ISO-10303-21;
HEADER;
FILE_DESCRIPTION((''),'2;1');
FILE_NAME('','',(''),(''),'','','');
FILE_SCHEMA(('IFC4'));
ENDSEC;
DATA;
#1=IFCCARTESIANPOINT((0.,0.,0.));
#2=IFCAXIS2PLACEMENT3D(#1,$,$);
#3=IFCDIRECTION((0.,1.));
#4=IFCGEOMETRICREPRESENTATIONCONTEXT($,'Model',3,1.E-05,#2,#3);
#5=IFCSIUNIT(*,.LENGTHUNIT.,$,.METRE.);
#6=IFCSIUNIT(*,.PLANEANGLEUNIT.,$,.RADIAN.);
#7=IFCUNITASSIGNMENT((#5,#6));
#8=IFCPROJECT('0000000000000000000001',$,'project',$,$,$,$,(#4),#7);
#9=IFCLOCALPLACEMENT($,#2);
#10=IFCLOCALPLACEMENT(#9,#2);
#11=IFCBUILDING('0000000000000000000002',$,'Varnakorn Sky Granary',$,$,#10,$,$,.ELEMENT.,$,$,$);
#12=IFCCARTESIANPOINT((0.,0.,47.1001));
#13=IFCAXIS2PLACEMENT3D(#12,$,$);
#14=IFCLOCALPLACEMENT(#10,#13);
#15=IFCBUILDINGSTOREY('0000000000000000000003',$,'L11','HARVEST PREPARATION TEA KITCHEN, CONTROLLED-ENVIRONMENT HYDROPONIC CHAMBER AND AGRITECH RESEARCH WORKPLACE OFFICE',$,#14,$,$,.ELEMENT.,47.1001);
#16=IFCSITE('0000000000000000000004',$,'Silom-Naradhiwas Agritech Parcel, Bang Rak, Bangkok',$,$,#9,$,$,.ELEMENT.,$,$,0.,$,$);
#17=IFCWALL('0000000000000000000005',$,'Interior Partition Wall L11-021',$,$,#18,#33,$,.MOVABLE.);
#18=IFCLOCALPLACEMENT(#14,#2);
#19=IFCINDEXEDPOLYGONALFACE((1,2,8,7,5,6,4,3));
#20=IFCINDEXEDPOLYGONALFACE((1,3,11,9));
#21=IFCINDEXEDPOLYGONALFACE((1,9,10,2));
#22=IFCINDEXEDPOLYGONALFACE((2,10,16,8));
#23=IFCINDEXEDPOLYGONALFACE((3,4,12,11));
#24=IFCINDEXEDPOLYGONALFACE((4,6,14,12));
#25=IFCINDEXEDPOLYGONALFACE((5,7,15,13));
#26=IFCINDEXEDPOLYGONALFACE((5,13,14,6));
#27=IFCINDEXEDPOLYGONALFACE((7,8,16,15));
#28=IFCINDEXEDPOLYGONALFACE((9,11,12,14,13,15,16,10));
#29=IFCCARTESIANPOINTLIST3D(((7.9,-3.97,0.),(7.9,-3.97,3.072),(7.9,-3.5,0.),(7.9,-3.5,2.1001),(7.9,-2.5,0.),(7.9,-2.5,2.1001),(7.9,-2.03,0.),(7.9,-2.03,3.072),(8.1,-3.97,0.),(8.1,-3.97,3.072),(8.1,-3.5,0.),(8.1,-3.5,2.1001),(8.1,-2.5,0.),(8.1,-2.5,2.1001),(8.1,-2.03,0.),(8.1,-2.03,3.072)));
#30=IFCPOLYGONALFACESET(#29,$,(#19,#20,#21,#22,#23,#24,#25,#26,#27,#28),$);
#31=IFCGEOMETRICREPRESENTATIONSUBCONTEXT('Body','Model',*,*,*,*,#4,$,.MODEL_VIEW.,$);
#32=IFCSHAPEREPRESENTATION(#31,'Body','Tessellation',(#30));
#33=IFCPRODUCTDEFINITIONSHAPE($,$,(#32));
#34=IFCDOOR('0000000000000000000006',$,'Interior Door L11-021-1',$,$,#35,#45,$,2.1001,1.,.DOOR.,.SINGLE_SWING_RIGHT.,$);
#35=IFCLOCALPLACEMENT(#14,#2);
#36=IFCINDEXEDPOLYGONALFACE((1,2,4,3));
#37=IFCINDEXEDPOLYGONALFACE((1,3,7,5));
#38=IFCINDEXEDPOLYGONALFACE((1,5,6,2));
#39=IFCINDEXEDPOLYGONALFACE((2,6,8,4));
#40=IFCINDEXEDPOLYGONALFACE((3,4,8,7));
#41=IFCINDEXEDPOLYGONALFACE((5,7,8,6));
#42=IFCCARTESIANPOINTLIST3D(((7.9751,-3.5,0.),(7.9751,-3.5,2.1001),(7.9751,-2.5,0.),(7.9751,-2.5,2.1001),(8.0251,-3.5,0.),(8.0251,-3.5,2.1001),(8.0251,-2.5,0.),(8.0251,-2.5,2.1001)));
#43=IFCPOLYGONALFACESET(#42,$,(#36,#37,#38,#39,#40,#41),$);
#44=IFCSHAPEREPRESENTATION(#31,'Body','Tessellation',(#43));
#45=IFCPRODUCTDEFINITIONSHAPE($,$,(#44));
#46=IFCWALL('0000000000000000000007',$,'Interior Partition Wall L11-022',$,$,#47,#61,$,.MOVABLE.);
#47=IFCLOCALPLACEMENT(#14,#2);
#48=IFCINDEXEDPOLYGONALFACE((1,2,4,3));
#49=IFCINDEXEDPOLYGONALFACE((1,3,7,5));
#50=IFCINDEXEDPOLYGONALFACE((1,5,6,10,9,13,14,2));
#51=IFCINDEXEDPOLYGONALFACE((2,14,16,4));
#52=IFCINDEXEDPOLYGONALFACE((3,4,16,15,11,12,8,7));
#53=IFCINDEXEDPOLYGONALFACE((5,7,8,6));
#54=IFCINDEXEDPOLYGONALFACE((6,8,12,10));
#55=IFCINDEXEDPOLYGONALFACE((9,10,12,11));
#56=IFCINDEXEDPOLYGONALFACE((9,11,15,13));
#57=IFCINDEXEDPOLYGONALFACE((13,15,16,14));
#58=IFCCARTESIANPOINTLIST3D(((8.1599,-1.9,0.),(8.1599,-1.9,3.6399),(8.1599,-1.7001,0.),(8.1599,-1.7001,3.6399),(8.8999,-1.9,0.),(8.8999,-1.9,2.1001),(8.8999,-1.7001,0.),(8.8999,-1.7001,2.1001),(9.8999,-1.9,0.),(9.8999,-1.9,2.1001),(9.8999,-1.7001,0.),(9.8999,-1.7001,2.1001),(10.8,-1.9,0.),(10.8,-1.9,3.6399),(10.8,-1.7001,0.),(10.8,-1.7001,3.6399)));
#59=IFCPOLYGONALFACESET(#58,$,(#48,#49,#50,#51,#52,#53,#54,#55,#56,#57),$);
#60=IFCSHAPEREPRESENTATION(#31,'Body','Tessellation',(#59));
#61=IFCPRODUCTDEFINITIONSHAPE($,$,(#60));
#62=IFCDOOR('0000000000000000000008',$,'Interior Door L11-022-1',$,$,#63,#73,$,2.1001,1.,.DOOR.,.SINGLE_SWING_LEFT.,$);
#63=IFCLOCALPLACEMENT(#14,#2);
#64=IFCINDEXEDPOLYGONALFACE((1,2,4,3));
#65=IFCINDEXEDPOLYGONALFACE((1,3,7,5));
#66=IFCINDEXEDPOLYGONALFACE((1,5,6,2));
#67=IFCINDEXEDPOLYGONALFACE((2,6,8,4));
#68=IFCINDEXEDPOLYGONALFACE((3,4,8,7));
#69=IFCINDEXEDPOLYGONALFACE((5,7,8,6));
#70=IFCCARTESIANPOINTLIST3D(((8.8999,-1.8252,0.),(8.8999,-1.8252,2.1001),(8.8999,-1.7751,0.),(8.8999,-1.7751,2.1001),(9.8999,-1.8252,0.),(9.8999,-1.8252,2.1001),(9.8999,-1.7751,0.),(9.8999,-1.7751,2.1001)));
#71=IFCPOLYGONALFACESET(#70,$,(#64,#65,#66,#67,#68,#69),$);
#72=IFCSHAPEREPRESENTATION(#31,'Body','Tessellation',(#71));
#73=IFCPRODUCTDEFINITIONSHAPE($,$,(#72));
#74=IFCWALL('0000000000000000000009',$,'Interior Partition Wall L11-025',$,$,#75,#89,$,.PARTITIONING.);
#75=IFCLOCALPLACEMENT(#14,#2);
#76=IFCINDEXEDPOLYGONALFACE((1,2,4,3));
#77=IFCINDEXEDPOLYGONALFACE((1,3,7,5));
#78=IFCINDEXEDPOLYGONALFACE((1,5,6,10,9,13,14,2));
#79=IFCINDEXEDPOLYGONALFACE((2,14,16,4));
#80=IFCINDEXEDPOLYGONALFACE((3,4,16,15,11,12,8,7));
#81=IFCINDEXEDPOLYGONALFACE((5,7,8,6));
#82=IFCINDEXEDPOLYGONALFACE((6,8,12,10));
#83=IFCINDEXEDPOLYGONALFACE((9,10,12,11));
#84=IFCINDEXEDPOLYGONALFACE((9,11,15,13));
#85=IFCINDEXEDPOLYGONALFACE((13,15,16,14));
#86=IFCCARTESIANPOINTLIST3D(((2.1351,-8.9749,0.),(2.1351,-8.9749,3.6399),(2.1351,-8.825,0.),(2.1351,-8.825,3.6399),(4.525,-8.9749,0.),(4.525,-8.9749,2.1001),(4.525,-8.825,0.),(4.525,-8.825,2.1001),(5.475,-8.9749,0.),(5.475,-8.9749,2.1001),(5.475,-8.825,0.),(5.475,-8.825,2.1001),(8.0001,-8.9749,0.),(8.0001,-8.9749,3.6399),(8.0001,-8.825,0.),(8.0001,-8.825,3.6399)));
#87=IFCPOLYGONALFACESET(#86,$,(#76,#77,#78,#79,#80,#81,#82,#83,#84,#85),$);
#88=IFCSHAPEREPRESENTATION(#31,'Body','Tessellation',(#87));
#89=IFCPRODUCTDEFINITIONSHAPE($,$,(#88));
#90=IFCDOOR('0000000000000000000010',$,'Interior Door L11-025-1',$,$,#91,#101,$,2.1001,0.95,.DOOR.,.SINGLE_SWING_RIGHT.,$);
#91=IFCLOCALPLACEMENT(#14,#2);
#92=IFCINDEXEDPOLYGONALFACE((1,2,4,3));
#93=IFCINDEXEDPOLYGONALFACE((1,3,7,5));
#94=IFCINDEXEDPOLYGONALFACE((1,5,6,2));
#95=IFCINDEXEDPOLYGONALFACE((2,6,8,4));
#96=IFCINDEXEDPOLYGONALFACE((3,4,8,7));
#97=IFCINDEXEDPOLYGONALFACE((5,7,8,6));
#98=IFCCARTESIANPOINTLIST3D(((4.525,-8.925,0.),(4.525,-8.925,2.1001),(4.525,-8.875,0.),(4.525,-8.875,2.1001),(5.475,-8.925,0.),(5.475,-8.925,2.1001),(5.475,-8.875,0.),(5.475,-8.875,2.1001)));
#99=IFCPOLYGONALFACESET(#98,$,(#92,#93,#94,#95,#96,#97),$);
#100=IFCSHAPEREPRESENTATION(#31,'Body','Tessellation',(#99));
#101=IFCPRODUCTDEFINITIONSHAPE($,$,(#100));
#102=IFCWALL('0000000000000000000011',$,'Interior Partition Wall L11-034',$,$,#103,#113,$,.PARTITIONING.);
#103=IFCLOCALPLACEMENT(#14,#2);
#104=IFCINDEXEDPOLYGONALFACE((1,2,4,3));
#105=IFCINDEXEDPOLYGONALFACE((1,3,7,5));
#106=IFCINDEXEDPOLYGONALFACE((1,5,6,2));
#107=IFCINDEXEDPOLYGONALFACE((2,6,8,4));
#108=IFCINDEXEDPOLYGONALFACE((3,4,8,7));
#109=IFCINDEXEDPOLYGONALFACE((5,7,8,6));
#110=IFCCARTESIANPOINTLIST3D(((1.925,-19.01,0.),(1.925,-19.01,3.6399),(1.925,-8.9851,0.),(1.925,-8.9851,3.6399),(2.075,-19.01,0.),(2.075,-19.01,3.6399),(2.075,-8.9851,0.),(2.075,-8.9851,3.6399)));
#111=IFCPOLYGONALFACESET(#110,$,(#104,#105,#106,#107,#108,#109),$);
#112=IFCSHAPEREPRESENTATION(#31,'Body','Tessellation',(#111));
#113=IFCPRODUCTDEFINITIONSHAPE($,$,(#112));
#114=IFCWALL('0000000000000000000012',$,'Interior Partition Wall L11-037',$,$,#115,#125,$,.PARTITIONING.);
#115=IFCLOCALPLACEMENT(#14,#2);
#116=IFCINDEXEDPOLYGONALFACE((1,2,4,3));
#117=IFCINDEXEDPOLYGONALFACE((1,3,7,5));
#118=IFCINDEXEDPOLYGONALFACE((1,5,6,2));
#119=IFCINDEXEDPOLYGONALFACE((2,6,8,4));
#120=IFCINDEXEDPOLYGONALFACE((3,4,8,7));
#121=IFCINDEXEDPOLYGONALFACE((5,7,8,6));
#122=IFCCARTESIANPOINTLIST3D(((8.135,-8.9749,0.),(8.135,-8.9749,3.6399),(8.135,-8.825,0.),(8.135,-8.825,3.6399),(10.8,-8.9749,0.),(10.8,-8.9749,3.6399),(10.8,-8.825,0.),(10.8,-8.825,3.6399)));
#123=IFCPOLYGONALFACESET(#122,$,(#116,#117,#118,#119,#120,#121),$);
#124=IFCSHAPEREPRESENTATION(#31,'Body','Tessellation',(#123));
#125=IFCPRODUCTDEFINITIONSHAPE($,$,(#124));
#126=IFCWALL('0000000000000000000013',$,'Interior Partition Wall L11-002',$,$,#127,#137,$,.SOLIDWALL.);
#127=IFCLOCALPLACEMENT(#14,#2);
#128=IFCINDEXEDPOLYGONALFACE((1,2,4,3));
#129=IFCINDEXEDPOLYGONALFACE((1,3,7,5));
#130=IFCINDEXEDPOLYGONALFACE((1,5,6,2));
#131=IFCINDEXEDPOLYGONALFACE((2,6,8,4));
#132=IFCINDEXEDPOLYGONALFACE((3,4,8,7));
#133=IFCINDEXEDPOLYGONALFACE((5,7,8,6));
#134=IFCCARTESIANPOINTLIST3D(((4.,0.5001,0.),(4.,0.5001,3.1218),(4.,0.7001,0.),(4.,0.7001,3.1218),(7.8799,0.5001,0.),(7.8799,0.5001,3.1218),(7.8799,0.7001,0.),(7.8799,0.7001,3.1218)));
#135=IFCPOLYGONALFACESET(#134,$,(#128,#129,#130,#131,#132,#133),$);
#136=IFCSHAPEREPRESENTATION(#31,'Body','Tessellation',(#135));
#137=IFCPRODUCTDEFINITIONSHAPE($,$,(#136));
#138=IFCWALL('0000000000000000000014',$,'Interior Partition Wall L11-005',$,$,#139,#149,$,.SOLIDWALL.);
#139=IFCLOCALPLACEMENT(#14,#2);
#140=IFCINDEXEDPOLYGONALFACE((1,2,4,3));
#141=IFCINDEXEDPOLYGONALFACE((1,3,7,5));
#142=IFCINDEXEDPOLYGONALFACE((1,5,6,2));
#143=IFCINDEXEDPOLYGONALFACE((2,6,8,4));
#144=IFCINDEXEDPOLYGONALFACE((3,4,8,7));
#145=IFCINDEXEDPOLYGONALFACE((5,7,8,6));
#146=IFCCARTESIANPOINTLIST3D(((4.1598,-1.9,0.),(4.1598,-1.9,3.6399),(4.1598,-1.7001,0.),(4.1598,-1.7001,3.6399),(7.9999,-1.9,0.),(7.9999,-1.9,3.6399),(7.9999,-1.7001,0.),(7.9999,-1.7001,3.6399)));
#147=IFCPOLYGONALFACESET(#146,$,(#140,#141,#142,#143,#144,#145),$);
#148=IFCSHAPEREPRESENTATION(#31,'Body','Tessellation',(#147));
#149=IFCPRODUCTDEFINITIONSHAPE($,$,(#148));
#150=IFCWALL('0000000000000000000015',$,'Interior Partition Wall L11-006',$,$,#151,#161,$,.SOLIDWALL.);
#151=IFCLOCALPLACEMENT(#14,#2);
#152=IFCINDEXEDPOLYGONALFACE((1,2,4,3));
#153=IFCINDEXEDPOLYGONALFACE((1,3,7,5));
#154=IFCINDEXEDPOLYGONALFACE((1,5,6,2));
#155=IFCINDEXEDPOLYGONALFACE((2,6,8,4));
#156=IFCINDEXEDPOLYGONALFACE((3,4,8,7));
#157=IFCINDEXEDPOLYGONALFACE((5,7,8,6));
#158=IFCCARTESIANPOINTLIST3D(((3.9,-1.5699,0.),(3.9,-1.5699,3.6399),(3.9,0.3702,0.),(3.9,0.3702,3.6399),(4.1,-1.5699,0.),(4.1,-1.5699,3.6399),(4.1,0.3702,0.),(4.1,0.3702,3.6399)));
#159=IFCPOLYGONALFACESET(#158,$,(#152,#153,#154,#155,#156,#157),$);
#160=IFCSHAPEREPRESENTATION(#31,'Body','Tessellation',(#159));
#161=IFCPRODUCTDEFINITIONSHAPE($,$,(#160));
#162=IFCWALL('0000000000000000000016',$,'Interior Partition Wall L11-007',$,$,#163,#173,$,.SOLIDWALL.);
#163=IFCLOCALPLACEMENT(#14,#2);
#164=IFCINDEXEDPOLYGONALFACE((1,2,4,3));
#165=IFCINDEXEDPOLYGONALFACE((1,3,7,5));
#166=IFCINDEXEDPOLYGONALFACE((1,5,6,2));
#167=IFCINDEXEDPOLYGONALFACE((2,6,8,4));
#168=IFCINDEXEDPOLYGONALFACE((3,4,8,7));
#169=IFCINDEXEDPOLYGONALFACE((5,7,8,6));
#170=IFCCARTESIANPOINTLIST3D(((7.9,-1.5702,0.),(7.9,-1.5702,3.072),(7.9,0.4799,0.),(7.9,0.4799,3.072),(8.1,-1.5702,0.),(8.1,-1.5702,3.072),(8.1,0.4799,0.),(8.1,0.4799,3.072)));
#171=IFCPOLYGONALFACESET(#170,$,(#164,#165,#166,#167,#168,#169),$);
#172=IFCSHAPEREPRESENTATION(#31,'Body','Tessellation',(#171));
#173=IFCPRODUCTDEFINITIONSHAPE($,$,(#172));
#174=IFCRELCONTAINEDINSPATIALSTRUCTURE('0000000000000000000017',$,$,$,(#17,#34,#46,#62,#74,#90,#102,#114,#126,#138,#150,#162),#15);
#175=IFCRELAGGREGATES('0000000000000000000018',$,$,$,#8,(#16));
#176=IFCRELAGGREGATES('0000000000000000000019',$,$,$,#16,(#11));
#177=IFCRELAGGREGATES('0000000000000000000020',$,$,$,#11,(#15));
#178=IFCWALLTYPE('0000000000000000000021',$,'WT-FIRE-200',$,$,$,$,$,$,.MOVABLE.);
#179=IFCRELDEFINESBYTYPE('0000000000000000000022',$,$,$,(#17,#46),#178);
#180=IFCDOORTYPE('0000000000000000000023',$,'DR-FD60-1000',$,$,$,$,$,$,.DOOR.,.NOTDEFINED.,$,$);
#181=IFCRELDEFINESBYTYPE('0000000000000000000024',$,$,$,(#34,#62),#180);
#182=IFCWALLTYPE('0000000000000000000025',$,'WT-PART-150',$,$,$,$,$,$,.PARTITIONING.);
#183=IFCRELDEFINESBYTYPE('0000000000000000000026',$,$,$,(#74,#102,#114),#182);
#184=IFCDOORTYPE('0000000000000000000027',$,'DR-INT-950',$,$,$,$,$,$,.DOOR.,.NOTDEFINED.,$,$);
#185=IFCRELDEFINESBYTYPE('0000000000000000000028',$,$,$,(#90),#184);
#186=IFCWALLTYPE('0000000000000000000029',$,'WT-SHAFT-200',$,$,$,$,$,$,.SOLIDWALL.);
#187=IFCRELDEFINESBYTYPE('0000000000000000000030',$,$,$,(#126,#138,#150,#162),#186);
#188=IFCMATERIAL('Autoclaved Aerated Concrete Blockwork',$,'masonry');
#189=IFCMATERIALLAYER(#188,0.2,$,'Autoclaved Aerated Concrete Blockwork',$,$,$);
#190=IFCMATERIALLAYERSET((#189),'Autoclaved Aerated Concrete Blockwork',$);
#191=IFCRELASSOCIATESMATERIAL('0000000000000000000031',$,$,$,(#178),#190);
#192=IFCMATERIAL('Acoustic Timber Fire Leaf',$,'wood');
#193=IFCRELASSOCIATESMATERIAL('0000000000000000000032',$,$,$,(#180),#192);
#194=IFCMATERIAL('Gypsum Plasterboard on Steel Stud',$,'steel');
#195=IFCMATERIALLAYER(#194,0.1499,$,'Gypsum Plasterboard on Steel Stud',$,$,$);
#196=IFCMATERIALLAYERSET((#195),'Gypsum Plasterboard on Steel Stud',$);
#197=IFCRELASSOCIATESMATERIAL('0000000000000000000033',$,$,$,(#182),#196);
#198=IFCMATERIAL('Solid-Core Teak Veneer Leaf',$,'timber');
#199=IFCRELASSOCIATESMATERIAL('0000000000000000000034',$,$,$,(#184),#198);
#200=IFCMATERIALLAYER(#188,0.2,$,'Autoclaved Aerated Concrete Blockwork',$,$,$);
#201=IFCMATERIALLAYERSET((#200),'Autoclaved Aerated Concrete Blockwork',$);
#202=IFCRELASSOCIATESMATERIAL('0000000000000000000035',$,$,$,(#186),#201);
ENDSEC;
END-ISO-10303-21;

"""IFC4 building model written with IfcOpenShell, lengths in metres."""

from ifc_helpers import new_model, si_unit, direction, frame, frame_2d, origin, place, context, subcontext, project, spatial, rectangle, extrude, material, layer, layer_set, type_object, element, fill, save


model = new_model("IFC4")

# Units and contexts
model_context = context("Model", 3, precision=1e-05, world=origin(), true_north=direction((0.0, 1.0)))
body_context = subcontext(model_context, "Body", "Model", "MODEL_VIEW")
ifc_project = project(units=[si_unit("LENGTHUNIT", "METRE"), si_unit("PLANEANGLEUNIT", "RADIAN")], contexts=[model_context])

# Site, building, storey
site_placement = place(None, origin())
site = spatial("IfcSite", under=ifc_project, at=site_placement, Name="Silom-Naradhiwas Agritech Parcel, Bang Rak, Bangkok", CompositionType="ELEMENT", RefElevation=0.0)
building_placement = place(site_placement, origin())
building = spatial("IfcBuilding", under=site, at=building_placement, Name="Varnakorn Sky Granary", CompositionType="ELEMENT")
storey_placement = place(building_placement, frame((0.0, 0.0, 47.1001)))
storey = spatial("IfcBuildingStorey", under=building, at=storey_placement, Name="L11", Description="HARVEST PREPARATION TEA KITCHEN, CONTROLLED-ENVIRONMENT HYDROPONIC CHAMBER AND AGRITECH RESEARCH WORKPLACE OFFICE", CompositionType="ELEMENT", Elevation=47.1001)

# Walls, openings, doors
ifc_material_1 = material(Name="Autoclaved Aerated Concrete Blockwork", Category="masonry")
ifc_layer_1 = layer(ifc_material_1, 0.2, Name="Autoclaved Aerated Concrete Blockwork")
ifc_layer_set_1 = layer_set([ifc_layer_1], Name="Autoclaved Aerated Concrete Blockwork")
wall_type_1 = type_object("IfcWallType", Name="WT-FIRE-200", PredefinedType="MOVABLE", material=ifc_layer_set_1)
ifc_material_2 = material(Name="Acoustic Timber Fire Leaf", Category="wood")
door_type_1 = type_object("IfcDoorType", Name="DR-FD60-1000", OperationType="NOTDEFINED", PredefinedType="DOOR", material=ifc_material_2)
wall_1_placement = place(storey_placement, frame((8.0, -3.97, 0.0), z_axis=(0.0, 0.0, 1.0), x_axis=(0.0, 1.0, 0.0)))
wall_1 = element("IfcWall", 1, at=wall_1_placement, inside=storey, type_object=wall_type_1, Name="Interior Partition Wall L11-021", PredefinedType="MOVABLE", context=body_context, shape_type="SweptSolid", body=[
    extrude(rectangle(XDim=1.9399, YDim=0.2, at=frame_2d((0.97, 0.0))), origin(), (0.0, 0.0, 1.0), 3.072),
])
opening_1_placement = place(wall_1_placement, frame((0.47, 0.0, 0.0)))
opening_1 = element("IfcOpeningElement", 2, at=opening_1_placement, cuts=wall_1, PredefinedType="OPENING", context=body_context, shape_type="SweptSolid", body=[
    extrude(rectangle(XDim=1.0, YDim=2.1001, at=frame_2d((0.5, 1.05))), frame((0.0, 0.1099, 0.0), z_axis=(0.0, -1.0, 0.0), x_axis=(1.0, 0.0, 0.0)), (0.0, 0.0, 1.0), 0.22),
])
door_1_placement = place(opening_1_placement, origin())
door_1 = element("IfcDoor", 3, at=door_1_placement, inside=storey, type_object=door_type_1, Name="Interior Door L11-021-1", OperationType="SINGLE_SWING_RIGHT", OverallHeight=2.1001, OverallWidth=1.0, PredefinedType="DOOR", context=body_context, shape_type="SweptSolid", body=[
    extrude(rectangle(XDim=1.0, YDim=2.1001, at=frame_2d((0.5, 1.05))), frame((0.0, 0.0249, 0.0), z_axis=(0.0, -1.0, 0.0), x_axis=(1.0, 0.0, 0.0)), (0.0, 0.0, 1.0), 0.05),
])
fill(opening_1, door_1)
wall_2_placement = place(storey_placement, frame((8.1599, -1.8, 0.0), z_axis=(0.0, 0.0, 1.0), x_axis=(1.0, 0.0, 0.0)))
wall_2 = element("IfcWall", 4, at=wall_2_placement, inside=storey, type_object=wall_type_1, Name="Interior Partition Wall L11-022", PredefinedType="MOVABLE", context=body_context, shape_type="SweptSolid", body=[
    extrude(rectangle(XDim=2.6401, YDim=0.2, at=frame_2d((1.3201, 0.0))), origin(), (0.0, 0.0, 1.0), 3.6399),
])
opening_2_placement = place(wall_2_placement, frame((0.74, 0.0, 0.0)))
opening_2 = element("IfcOpeningElement", 5, at=opening_2_placement, cuts=wall_2, PredefinedType="OPENING", context=body_context, shape_type="SweptSolid", body=[
    extrude(rectangle(XDim=1.0, YDim=2.1001, at=frame_2d((0.5, 1.05))), frame((0.0, 0.1099, 0.0), z_axis=(0.0, -1.0, 0.0), x_axis=(1.0, 0.0, 0.0)), (0.0, 0.0, 1.0), 0.22),
])
door_2_placement = place(opening_2_placement, origin())
door_2 = element("IfcDoor", 6, at=door_2_placement, inside=storey, type_object=door_type_1, Name="Interior Door L11-022-1", OperationType="SINGLE_SWING_LEFT", OverallHeight=2.1001, OverallWidth=1.0, PredefinedType="DOOR", context=body_context, shape_type="SweptSolid", body=[
    extrude(rectangle(XDim=1.0, YDim=2.1001, at=frame_2d((0.5, 1.05))), frame((0.0, 0.0249, 0.0), z_axis=(0.0, -1.0, 0.0), x_axis=(1.0, 0.0, 0.0)), (0.0, 0.0, 1.0), 0.05),
])
fill(opening_2, door_2)
ifc_material_3 = material(Name="Gypsum Plasterboard on Steel Stud", Category="steel")
ifc_layer_2 = layer(ifc_material_3, 0.1499, Name="Gypsum Plasterboard on Steel Stud")
ifc_layer_set_2 = layer_set([ifc_layer_2], Name="Gypsum Plasterboard on Steel Stud")
wall_type_2 = type_object("IfcWallType", Name="WT-PART-150", PredefinedType="PARTITIONING", material=ifc_layer_set_2)
wall_3_placement = place(storey_placement, frame((2.135, -8.8999, 0.0), z_axis=(0.0, 0.0, 1.0), x_axis=(1.0, 0.0, 0.0)))
wall_3 = element("IfcWall", 7, at=wall_3_placement, inside=storey, type_object=wall_type_2, Name="Interior Partition Wall L11-025", PredefinedType="PARTITIONING", context=body_context, shape_type="SweptSolid", body=[
    extrude(rectangle(XDim=5.865, YDim=0.1499, at=frame_2d((2.9326, 0.0))), origin(), (0.0, 0.0, 1.0), 3.6399),
])
opening_3_placement = place(wall_3_placement, frame((2.3899, 0.0, 0.0)))
opening_3 = element("IfcOpeningElement", 8, at=opening_3_placement, cuts=wall_3, PredefinedType="OPENING", context=body_context, shape_type="SweptSolid", body=[
    extrude(rectangle(XDim=0.95, YDim=2.1001, at=frame_2d((0.4751, 1.05))), frame((0.0, 0.085, 0.0), z_axis=(0.0, -1.0, 0.0), x_axis=(1.0, 0.0, 0.0)), (0.0, 0.0, 1.0), 0.1699),
])
ifc_material_4 = material(Name="Solid-Core Teak Veneer Leaf", Category="timber")
door_type_2 = type_object("IfcDoorType", Name="DR-INT-950", OperationType="NOTDEFINED", PredefinedType="DOOR", material=ifc_material_4)
door_3_placement = place(opening_3_placement, origin())
door_3 = element("IfcDoor", 9, at=door_3_placement, inside=storey, type_object=door_type_2, Name="Interior Door L11-025-1", OperationType="SINGLE_SWING_RIGHT", OverallHeight=2.1001, OverallWidth=0.95, PredefinedType="DOOR", context=body_context, shape_type="SweptSolid", body=[
    extrude(rectangle(XDim=0.95, YDim=2.1001, at=frame_2d((0.4751, 1.05))), frame((0.0, 0.0249, 0.0), z_axis=(0.0, -1.0, 0.0), x_axis=(1.0, 0.0, 0.0)), (0.0, 0.0, 1.0), 0.05),
])
fill(opening_3, door_3)

# Walls
wall_4_placement = place(storey_placement, frame((2.0, -8.9851, 0.0), z_axis=(0.0, 0.0, 1.0), x_axis=(0.0, -1.0, 0.0)))
element("IfcWall", 10, at=wall_4_placement, inside=storey, type_object=wall_type_2, Name="Interior Partition Wall L11-034", PredefinedType="PARTITIONING", context=body_context, shape_type="SweptSolid", body=[
    extrude(rectangle(XDim=10.0249, YDim=0.1499, at=frame_2d((5.0125, 0.0))), origin(), (0.0, 0.0, 1.0), 3.6399),
])
wall_5_placement = place(storey_placement, frame((8.135, -8.8999, 0.0), z_axis=(0.0, 0.0, 1.0), x_axis=(1.0, 0.0, 0.0)))
element("IfcWall", 11, at=wall_5_placement, inside=storey, type_object=wall_type_2, Name="Interior Partition Wall L11-037", PredefinedType="PARTITIONING", context=body_context, shape_type="SweptSolid", body=[
    extrude(rectangle(XDim=2.665, YDim=0.1499, at=frame_2d((1.3325, 0.0))), origin(), (0.0, 0.0, 1.0), 3.6399),
])
ifc_layer_3 = layer(ifc_material_1, 0.2, Name="Autoclaved Aerated Concrete Blockwork")
ifc_layer_set_3 = layer_set([ifc_layer_3], Name="Autoclaved Aerated Concrete Blockwork")
wall_type_3 = type_object("IfcWallType", Name="WT-SHAFT-200", PredefinedType="SOLIDWALL", material=ifc_layer_set_3)
wall_6_placement = place(storey_placement, frame((4.0, 0.6001, 0.0), z_axis=(0.0, 0.0, 1.0), x_axis=(1.0, 0.0, 0.0)))
element("IfcWall", 12, at=wall_6_placement, inside=storey, type_object=wall_type_3, Name="Interior Partition Wall L11-002", PredefinedType="SOLIDWALL", context=body_context, shape_type="SweptSolid", body=[
    extrude(rectangle(XDim=3.8799, YDim=0.2, at=frame_2d((1.9399, 0.0))), origin(), (0.0, 0.0, 1.0), 3.1218),
])
wall_7_placement = place(storey_placement, frame((4.1599, -1.8, 0.0), z_axis=(0.0, 0.0, 1.0), x_axis=(1.0, 0.0, 0.0)))
element("IfcWall", 13, at=wall_7_placement, inside=storey, type_object=wall_type_3, Name="Interior Partition Wall L11-005", PredefinedType="SOLIDWALL", context=body_context, shape_type="SweptSolid", body=[
    extrude(rectangle(XDim=3.8401, YDim=0.2, at=frame_2d((1.9199, 0.0))), origin(), (0.0, 0.0, 1.0), 3.6399),
])
wall_8_placement = place(storey_placement, frame((4.0, -1.5701, 0.0), z_axis=(0.0, 0.0, 1.0), x_axis=(0.0, 1.0, 0.0)))
element("IfcWall", 14, at=wall_8_placement, inside=storey, type_object=wall_type_3, Name="Interior Partition Wall L11-006", PredefinedType="SOLIDWALL", context=body_context, shape_type="SweptSolid", body=[
    extrude(rectangle(XDim=1.9402, YDim=0.2, at=frame_2d((0.9702, 0.0))), origin(), (0.0, 0.0, 1.0), 3.6399),
])
wall_9_placement = place(storey_placement, frame((8.0, -1.5701, 0.0), z_axis=(0.0, 0.0, 1.0), x_axis=(0.0, 1.0, 0.0)))
element("IfcWall", 15, at=wall_9_placement, inside=storey, type_object=wall_type_3, Name="Interior Partition Wall L11-007", PredefinedType="SOLIDWALL", context=body_context, shape_type="SweptSolid", body=[
    extrude(rectangle(XDim=2.05, YDim=0.2, at=frame_2d((1.0249, 0.0))), origin(), (0.0, 0.0, 1.0), 3.072),
])

save(model, "model.ifc")
